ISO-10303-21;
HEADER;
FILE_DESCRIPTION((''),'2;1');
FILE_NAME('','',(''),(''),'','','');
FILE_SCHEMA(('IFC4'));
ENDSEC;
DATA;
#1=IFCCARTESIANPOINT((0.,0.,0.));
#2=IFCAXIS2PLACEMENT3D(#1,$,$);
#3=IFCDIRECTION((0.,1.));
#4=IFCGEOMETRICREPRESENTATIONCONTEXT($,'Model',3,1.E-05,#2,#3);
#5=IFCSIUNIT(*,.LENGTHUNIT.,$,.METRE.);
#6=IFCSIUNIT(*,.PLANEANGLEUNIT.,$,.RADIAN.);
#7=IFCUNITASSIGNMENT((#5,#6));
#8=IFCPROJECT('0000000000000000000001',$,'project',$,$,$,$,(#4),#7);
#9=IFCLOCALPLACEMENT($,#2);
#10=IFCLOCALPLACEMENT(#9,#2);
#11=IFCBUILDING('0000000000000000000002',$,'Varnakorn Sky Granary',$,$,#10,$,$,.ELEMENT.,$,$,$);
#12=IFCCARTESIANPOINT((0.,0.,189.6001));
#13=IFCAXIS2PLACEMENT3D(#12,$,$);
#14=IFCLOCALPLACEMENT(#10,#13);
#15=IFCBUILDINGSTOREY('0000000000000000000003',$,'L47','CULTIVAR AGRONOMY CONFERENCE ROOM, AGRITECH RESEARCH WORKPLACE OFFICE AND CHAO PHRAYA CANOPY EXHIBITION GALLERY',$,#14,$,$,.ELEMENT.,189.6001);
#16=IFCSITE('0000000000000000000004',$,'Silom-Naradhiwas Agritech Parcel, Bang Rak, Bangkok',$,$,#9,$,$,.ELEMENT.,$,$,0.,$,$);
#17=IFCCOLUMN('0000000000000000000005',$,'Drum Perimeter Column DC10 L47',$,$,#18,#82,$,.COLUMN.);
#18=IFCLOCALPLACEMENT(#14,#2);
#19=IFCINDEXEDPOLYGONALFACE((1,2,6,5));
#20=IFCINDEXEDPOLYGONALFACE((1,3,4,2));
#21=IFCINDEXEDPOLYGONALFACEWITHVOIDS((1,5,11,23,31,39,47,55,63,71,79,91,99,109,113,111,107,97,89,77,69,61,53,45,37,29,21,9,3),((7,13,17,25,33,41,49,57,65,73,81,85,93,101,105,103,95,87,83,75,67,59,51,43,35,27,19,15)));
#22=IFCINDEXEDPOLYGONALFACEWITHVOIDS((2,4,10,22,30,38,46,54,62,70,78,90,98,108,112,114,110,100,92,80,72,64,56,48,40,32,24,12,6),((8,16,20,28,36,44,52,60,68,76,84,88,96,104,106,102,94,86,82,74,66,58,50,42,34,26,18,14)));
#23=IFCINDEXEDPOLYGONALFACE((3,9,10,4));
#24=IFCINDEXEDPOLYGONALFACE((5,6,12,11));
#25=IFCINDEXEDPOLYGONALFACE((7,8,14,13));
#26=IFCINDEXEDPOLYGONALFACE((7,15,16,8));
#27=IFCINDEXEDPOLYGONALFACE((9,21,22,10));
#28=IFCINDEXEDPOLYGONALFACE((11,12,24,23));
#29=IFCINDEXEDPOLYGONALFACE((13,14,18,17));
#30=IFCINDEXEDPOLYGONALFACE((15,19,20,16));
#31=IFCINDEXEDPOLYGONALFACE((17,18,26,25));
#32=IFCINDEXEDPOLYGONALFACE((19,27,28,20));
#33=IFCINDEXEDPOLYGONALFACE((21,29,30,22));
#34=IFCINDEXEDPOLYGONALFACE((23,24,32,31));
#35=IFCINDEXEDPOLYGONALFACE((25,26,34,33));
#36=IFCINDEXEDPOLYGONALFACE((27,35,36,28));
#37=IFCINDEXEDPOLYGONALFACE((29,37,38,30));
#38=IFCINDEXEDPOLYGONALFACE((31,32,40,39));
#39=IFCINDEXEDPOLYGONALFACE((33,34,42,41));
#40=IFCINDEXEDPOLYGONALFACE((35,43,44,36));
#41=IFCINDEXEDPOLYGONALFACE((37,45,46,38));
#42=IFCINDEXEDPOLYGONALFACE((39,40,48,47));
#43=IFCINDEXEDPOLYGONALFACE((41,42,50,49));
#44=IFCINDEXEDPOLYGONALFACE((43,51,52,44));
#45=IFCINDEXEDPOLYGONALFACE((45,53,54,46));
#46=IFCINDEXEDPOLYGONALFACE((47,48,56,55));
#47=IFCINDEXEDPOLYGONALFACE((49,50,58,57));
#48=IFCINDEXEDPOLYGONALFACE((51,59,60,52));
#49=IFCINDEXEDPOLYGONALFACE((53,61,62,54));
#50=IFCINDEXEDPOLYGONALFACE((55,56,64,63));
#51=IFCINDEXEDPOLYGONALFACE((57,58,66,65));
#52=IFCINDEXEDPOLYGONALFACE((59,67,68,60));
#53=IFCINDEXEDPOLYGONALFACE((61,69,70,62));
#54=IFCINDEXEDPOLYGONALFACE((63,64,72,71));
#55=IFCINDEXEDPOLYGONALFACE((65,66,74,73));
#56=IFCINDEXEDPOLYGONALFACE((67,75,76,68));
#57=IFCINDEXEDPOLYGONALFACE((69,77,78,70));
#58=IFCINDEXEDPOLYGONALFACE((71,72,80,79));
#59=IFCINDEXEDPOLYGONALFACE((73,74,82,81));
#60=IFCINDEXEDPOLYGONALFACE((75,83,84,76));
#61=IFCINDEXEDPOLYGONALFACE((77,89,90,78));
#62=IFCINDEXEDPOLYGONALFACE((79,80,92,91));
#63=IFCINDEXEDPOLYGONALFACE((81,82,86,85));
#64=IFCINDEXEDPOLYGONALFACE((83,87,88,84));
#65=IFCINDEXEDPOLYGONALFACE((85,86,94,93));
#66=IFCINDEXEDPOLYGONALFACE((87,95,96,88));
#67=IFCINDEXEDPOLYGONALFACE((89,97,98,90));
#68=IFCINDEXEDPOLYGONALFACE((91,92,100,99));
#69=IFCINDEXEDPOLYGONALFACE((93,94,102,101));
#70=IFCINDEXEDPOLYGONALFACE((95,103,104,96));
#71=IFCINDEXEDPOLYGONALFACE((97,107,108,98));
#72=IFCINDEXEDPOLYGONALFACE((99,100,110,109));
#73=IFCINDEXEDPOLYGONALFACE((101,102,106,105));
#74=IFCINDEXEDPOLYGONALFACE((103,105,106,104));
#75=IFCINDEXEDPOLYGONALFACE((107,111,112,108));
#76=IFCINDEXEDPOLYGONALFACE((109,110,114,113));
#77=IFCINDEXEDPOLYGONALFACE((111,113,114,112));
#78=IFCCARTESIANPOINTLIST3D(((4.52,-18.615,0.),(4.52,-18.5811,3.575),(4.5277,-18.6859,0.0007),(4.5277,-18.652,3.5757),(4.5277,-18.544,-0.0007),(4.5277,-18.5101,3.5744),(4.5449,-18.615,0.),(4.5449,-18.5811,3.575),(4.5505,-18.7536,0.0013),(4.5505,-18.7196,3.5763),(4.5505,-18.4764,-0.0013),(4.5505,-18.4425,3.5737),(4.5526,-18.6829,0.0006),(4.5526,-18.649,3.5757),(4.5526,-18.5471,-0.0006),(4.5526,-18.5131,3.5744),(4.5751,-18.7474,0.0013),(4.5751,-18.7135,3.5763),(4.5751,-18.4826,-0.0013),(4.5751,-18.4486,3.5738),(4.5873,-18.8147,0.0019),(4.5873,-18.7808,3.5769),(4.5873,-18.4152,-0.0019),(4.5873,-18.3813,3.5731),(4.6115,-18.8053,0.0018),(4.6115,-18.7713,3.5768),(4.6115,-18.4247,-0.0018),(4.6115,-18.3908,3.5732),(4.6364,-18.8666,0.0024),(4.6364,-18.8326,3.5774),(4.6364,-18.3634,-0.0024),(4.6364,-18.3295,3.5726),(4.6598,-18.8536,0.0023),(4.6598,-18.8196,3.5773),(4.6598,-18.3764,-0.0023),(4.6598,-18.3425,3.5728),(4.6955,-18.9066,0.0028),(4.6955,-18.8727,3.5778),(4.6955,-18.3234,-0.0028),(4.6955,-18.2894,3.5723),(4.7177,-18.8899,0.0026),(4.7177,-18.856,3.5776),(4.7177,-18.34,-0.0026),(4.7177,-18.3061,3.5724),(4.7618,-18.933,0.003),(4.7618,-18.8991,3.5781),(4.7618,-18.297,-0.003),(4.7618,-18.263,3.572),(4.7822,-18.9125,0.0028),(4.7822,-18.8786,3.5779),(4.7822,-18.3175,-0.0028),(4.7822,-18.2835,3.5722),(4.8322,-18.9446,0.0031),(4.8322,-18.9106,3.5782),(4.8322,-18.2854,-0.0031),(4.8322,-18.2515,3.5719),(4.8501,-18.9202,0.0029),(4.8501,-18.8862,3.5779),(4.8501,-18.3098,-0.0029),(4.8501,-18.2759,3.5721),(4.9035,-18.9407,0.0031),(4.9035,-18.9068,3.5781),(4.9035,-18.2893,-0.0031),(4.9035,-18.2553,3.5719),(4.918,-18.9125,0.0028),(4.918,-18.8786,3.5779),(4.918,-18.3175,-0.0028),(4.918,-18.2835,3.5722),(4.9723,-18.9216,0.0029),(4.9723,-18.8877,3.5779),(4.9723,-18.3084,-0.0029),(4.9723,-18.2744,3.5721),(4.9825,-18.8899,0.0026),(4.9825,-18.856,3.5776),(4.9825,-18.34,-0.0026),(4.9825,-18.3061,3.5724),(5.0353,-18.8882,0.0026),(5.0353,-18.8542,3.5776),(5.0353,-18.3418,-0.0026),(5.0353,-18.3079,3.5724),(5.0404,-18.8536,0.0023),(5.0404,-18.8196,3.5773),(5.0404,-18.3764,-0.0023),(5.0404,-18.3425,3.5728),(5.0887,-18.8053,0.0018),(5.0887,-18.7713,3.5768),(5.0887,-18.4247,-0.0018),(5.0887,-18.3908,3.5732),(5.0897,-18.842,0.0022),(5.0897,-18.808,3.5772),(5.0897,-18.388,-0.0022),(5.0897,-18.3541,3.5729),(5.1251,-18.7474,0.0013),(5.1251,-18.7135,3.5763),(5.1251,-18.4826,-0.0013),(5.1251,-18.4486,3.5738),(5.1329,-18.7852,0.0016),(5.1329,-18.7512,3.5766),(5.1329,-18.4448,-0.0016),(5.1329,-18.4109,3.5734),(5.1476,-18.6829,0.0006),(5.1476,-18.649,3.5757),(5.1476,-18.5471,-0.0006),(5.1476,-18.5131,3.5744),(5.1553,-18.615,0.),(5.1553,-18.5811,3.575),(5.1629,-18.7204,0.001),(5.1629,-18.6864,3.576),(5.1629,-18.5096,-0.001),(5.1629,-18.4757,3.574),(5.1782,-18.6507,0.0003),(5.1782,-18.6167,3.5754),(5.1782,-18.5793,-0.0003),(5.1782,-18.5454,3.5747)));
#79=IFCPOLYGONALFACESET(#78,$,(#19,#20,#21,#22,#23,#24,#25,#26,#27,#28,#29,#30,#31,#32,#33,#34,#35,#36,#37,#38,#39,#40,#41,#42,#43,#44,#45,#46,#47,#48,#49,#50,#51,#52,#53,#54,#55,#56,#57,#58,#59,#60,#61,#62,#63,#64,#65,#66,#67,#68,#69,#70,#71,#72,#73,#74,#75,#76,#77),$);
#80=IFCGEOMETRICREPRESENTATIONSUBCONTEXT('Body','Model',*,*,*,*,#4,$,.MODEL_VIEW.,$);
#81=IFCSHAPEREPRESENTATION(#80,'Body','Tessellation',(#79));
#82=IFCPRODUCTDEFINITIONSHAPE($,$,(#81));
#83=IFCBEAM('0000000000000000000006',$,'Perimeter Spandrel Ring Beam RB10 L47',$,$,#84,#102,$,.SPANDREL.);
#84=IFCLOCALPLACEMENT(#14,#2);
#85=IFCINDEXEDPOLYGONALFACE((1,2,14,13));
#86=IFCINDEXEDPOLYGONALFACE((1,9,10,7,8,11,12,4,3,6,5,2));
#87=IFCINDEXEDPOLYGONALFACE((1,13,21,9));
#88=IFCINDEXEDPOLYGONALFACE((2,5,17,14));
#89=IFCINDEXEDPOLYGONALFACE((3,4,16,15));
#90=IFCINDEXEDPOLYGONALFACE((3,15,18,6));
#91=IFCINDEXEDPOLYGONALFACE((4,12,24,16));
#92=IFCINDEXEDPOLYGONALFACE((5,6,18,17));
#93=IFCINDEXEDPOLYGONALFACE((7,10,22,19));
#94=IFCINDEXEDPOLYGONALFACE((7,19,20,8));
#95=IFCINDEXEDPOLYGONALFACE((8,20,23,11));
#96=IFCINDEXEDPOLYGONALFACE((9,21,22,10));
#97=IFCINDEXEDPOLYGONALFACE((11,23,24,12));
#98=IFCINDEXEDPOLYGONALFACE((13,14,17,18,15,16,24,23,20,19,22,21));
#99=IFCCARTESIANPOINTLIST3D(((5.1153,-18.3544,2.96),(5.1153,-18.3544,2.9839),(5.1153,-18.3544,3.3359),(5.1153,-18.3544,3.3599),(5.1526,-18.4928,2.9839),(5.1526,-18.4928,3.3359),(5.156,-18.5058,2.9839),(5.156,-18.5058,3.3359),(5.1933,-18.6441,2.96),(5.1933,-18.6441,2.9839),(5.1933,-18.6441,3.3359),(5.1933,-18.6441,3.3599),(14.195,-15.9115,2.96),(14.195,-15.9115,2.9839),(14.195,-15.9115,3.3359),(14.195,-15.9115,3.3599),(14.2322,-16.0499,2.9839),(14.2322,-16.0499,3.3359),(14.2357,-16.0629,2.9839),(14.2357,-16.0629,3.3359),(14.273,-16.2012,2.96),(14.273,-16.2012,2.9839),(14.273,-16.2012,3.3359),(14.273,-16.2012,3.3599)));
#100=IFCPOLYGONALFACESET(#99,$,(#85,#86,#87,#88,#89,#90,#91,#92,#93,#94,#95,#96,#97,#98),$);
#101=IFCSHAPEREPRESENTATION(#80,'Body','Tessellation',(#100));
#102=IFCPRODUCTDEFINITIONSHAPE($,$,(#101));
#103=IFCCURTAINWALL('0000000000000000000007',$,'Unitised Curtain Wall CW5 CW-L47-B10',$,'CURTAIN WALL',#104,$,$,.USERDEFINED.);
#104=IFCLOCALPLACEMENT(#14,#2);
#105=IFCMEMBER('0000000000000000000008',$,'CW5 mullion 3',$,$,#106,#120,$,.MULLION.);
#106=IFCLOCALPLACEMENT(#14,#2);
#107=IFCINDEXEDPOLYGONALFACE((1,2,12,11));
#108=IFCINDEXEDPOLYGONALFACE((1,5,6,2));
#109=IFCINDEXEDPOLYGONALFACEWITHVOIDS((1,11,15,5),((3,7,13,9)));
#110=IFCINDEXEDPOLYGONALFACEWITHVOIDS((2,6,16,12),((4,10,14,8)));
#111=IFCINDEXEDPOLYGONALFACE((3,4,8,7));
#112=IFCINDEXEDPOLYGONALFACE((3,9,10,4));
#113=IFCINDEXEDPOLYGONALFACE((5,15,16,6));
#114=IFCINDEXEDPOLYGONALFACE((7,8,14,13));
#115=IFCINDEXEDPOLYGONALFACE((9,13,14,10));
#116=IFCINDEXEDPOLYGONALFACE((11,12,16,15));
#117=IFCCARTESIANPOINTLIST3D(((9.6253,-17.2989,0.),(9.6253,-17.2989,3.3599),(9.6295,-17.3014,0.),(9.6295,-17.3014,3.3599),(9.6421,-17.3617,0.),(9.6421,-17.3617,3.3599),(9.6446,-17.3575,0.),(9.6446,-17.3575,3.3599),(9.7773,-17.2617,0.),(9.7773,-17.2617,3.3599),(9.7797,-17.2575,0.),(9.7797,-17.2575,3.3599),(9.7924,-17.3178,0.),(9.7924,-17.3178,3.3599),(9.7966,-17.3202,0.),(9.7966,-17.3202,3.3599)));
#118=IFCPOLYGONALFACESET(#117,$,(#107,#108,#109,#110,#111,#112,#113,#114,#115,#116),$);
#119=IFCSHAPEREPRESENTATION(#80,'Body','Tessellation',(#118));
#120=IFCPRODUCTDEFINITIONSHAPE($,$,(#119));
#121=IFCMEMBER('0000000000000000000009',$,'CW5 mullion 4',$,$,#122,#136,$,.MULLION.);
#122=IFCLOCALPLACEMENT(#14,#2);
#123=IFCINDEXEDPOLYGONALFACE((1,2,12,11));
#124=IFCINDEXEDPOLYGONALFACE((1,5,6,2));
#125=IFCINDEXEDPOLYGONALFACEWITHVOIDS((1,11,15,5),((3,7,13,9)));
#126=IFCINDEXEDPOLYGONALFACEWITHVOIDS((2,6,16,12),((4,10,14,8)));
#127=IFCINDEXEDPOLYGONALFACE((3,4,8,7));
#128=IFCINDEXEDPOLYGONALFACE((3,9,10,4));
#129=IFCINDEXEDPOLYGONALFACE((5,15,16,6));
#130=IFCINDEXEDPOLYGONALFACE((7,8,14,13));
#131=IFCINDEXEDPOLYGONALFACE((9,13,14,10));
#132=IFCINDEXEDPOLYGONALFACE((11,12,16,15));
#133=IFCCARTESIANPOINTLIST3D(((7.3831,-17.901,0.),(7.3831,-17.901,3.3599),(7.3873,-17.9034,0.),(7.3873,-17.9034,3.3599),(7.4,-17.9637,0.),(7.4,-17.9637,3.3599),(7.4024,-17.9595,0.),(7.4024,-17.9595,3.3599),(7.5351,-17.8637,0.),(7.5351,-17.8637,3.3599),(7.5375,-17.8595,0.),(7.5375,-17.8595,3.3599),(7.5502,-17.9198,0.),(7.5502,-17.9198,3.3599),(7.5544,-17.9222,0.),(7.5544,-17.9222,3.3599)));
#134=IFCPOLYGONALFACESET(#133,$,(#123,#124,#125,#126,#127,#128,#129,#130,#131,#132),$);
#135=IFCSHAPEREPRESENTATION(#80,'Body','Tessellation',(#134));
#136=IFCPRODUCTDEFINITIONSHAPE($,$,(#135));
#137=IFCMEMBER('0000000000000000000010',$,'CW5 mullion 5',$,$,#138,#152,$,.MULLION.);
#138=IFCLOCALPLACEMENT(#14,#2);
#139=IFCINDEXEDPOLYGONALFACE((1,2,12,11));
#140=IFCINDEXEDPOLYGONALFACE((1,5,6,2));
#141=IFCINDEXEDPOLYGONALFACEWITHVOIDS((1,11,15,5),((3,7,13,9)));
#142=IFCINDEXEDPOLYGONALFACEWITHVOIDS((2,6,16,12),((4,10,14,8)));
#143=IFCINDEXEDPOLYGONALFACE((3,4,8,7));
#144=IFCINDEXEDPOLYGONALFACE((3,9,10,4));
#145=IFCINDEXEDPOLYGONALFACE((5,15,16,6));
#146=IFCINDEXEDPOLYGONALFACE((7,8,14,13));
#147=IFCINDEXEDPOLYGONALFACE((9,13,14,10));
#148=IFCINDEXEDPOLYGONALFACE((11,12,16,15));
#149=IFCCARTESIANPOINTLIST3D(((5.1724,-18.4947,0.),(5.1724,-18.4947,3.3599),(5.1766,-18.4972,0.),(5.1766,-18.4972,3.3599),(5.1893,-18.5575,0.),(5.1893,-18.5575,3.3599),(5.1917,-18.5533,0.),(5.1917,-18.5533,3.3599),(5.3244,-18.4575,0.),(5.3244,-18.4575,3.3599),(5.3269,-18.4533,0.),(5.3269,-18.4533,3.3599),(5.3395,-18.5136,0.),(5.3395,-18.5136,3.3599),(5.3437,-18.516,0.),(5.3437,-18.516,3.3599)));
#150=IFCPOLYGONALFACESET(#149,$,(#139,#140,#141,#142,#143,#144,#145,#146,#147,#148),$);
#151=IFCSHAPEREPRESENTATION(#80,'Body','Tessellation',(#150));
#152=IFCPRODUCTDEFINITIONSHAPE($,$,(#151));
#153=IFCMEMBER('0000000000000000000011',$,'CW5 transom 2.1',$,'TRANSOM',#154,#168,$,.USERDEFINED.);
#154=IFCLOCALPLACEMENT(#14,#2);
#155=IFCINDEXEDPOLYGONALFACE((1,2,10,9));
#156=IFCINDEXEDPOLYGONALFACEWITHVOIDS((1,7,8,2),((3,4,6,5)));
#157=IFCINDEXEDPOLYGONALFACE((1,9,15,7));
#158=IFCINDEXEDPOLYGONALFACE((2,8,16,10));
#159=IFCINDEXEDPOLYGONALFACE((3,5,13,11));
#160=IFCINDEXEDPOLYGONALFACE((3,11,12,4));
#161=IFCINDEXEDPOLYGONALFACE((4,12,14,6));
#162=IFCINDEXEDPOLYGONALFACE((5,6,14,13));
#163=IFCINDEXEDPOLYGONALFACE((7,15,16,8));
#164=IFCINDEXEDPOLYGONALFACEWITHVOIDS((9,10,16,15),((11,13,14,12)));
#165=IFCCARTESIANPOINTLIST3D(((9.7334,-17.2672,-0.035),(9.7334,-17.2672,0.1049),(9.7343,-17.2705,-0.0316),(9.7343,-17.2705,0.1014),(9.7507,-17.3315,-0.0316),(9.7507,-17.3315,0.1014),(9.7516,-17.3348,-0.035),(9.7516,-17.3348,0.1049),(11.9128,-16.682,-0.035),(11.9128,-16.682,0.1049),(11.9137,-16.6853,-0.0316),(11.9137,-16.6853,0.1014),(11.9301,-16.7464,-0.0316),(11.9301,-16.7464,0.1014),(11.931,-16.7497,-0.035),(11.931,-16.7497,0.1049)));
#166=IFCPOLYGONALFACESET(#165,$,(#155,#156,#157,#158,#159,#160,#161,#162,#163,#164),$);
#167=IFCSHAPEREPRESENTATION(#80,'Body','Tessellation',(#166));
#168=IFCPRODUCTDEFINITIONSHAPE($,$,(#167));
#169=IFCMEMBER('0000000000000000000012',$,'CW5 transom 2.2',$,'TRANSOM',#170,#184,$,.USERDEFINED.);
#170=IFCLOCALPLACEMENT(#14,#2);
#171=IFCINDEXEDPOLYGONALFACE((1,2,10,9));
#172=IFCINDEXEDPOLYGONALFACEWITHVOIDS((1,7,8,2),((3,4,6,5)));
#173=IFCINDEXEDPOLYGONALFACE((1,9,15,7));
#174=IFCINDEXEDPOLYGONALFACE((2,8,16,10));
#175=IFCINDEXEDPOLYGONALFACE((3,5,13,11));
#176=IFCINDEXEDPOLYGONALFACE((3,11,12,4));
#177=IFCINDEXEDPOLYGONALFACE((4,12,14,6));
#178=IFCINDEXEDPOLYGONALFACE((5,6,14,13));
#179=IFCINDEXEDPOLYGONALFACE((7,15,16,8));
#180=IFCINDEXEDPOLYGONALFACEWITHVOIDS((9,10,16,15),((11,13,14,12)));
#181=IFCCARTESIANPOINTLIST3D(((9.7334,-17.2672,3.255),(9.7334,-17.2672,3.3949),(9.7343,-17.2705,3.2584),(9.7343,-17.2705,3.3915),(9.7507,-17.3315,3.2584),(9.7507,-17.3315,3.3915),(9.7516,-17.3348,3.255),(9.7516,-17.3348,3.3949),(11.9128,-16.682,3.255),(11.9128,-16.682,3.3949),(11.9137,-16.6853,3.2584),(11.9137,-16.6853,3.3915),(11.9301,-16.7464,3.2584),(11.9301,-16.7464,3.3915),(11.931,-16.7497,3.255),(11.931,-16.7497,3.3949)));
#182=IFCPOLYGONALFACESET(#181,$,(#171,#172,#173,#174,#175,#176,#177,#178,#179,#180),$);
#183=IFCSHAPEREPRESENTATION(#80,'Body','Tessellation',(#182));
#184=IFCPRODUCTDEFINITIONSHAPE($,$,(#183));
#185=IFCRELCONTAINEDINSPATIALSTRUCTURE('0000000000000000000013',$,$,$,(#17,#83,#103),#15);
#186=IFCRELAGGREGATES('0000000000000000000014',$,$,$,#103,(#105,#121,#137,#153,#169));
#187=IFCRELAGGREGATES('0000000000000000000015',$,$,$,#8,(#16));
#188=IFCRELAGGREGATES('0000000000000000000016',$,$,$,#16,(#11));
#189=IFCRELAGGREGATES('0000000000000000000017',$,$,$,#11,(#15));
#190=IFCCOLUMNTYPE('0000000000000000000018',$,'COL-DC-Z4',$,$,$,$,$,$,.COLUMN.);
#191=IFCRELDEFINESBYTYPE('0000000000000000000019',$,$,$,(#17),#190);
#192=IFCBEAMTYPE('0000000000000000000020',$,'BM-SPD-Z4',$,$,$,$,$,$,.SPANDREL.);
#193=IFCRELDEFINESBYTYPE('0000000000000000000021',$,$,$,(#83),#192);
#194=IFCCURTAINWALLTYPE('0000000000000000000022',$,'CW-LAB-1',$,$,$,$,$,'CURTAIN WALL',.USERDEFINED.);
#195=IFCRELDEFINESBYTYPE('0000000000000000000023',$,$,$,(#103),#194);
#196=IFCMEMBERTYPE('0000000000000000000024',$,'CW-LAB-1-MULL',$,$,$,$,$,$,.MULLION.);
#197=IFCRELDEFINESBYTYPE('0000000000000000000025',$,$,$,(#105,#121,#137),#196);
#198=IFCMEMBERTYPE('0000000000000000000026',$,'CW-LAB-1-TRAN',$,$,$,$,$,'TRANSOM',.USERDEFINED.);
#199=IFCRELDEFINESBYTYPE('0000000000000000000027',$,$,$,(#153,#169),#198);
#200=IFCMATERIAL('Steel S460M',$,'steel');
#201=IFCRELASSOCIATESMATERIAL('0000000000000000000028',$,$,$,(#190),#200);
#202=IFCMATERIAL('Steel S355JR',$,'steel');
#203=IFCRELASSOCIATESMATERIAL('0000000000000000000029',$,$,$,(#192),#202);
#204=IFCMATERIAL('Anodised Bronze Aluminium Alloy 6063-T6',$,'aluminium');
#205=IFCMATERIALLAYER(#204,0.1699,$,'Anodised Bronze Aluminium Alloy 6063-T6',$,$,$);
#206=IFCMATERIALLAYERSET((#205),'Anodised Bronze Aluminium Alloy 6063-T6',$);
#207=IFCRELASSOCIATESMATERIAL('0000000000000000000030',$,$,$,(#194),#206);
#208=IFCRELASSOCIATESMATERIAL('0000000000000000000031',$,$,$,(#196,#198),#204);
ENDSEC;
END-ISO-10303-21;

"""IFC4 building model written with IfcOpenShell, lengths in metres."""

from ifc_helpers import new_model, si_unit, direction, frame, origin, origin_2d, place, context, subcontext, project, spatial, hollow_rectangle, hollow_circle, i_section, extrude, material, layer, layer_set, material_profile, profile_set, type_object, element, aggregate, save


model = new_model("IFC4")

# Units and contexts
model_context = context("Model", 3, precision=1e-05, world=origin(), true_north=direction((0.0, 1.0)))
body_context = subcontext(model_context, "Body", "Model", "MODEL_VIEW")
ifc_project = project(units=[si_unit("LENGTHUNIT", "METRE"), si_unit("PLANEANGLEUNIT", "RADIAN")], contexts=[model_context])

# Site, building, storey
site_placement = place(None, origin())
site = spatial("IfcSite", under=ifc_project, at=site_placement, Name="Silom-Naradhiwas Agritech Parcel, Bang Rak, Bangkok", CompositionType="ELEMENT", RefElevation=0.0)
building_placement = place(site_placement, origin())
building = spatial("IfcBuilding", under=site, at=building_placement, Name="Varnakorn Sky Granary", CompositionType="ELEMENT")
storey_placement = place(building_placement, frame((0.0, 0.0, 189.6001)))
storey = spatial("IfcBuildingStorey", under=building, at=storey_placement, Name="L47", Description="CULTIVAR AGRONOMY CONFERENCE ROOM, AGRITECH RESEARCH WORKPLACE OFFICE AND CHAO PHRAYA CANOPY EXHIBITION GALLERY", CompositionType="ELEMENT", Elevation=189.6001)

# Column
ifc_material_1 = material(Name="Steel S460M", Category="steel")
ifc_material_profile_1 = material_profile(ifc_material_1, hollow_circle(Radius=0.3301, WallThickness=0.0249, at=origin_2d()), Name="CHS 660x25")
ifc_profile_set_1 = profile_set([ifc_material_profile_1], Name="Steel S460M")
column_type = type_object("IfcColumnType", Name="COL-DC-Z4", PredefinedType="COLUMN", material=ifc_profile_set_1)
column_placement = place(storey_placement, frame((4.8501, -18.615, 0.0), z_axis=(0.0, 0.009492, 0.999955), x_axis=(-1.0, 0.0, 0.0)))
element("IfcColumn", 1, at=column_placement, inside=storey, type_object=column_type, Name="Drum Perimeter Column DC10 L47", PredefinedType="COLUMN", context=body_context, shape_type="SweptSolid", body=[
    extrude(hollow_circle(Radius=0.3301, WallThickness=0.0249, at=origin_2d()), origin(), (0.0, 0.0, 1.0), 3.5752),
])

# Beam
ifc_material_2 = material(Name="Steel S355JR", Category="steel")
ifc_material_profile_2 = material_profile(ifc_material_2, i_section(OverallWidth=0.3, OverallDepth=0.3999, WebThickness=0.0134, FlangeThickness=0.0239, at=origin_2d()), Name="HE 400 B")
ifc_profile_set_2 = profile_set([ifc_material_profile_2], Name="Steel S355JR")
beam_type = type_object("IfcBeamType", Name="BM-SPD-Z4", PredefinedType="SPANDREL", material=ifc_profile_set_2)
beam_placement = place(storey_placement, frame((5.1543, -18.4993, 3.1599), z_axis=(0.965659, 0.259811, 0.0), x_axis=(-0.259811, 0.965659, 0.0)))
element("IfcBeam", 2, at=beam_placement, inside=storey, type_object=beam_type, Name="Perimeter Spandrel Ring Beam RB10 L47", PredefinedType="SPANDREL", context=body_context, shape_type="SweptSolid", body=[
    extrude(i_section(OverallWidth=0.3, OverallDepth=0.3999, WebThickness=0.0134, FlangeThickness=0.0239, at=origin_2d()), origin(), (0.0, 0.0, 1.0), 9.4026),
])

# Curtain wall, members
ifc_material_3 = material(Name="Anodised Bronze Aluminium Alloy 6063-T6", Category="aluminium")
ifc_layer_1 = layer(ifc_material_3, 0.1699, Name="Anodised Bronze Aluminium Alloy 6063-T6")
ifc_layer_set_1 = layer_set([ifc_layer_1], Name="Anodised Bronze Aluminium Alloy 6063-T6")
curtain_wall_type = type_object("IfcCurtainWallType", Name="CW-LAB-1", ElementType="CURTAIN WALL", PredefinedType="USERDEFINED", material=ifc_layer_set_1)
curtain_wall_placement = place(storey_placement, origin())
curtain_wall = element("IfcCurtainWall", 3, at=curtain_wall_placement, inside=storey, type_object=curtain_wall_type, Name="Unitised Curtain Wall CW5 CW-L47-B10", ObjectType="CURTAIN WALL", PredefinedType="USERDEFINED")
ifc_material_profile_3 = material_profile(ifc_material_3, hollow_rectangle(XDim=0.0649, YDim=0.1599, WallThickness=0.0034, at=origin_2d()), Name="ALU MULL 65x160")
ifc_profile_set_3 = profile_set([ifc_material_profile_3], Name="Anodised Bronze Aluminium Alloy 6063-T6")
member_type_1 = type_object("IfcMemberType", Name="CW-LAB-1-MULL", PredefinedType="MULLION", material=ifc_profile_set_3)
member_1_placement = place(storey_placement, frame((9.7109, -17.3096, 0.0), z_axis=(0.0, 0.0, 1.0), x_axis=(0.259359, -0.965781, 0.0)))
member_1 = element("IfcMember", 4, at=member_1_placement, type_object=member_type_1, Name="CW5 mullion 3", PredefinedType="MULLION", context=body_context, shape_type="SweptSolid", body=[
    extrude(hollow_rectangle(XDim=0.0649, YDim=0.1599, WallThickness=0.0034, at=origin_2d()), origin(), (0.0, 0.0, 1.0), 3.3599),
])
member_2_placement = place(storey_placement, frame((7.4688, -17.9116, 0.0), z_axis=(0.0, 0.0, 1.0), x_axis=(0.259359, -0.965781, 0.0)))
member_2 = element("IfcMember", 5, at=member_2_placement, type_object=member_type_1, Name="CW5 mullion 4", PredefinedType="MULLION", context=body_context, shape_type="SweptSolid", body=[
    extrude(hollow_rectangle(XDim=0.0649, YDim=0.1599, WallThickness=0.0034, at=origin_2d()), origin(), (0.0, 0.0, 1.0), 3.3599),
])
member_3_placement = place(storey_placement, frame((5.2581, -18.5054, 0.0), z_axis=(0.0, 0.0, 1.0), x_axis=(0.259359, -0.965781, 0.0)))
member_3 = element("IfcMember", 6, at=member_3_placement, type_object=member_type_1, Name="CW5 mullion 5", PredefinedType="MULLION", context=body_context, shape_type="SweptSolid", body=[
    extrude(hollow_rectangle(XDim=0.0649, YDim=0.1599, WallThickness=0.0034, at=origin_2d()), origin(), (0.0, 0.0, 1.0), 3.3599),
])
ifc_material_profile_4 = material_profile(ifc_material_3, hollow_rectangle(XDim=0.0701, YDim=0.1399, WallThickness=0.0034, at=origin_2d()), Name="ALU TRAN 70x140")
ifc_profile_set_4 = profile_set([ifc_material_profile_4], Name="Anodised Bronze Aluminium Alloy 6063-T6")
member_type_2 = type_object("IfcMemberType", Name="CW-LAB-1-TRAN", ElementType="TRANSOM", PredefinedType="USERDEFINED", material=ifc_profile_set_4)
member_4_placement = place(storey_placement, frame((11.9219, -16.7158, 0.0349), z_axis=(-0.96579, -0.259325, 0.0), x_axis=(0.259325, -0.96579, 0.0)))
member_4 = element("IfcMember", 7, at=member_4_placement, type_object=member_type_2, Name="CW5 transom 2.1", ObjectType="TRANSOM", PredefinedType="USERDEFINED", context=body_context, shape_type="SweptSolid", body=[
    extrude(hollow_rectangle(XDim=0.0701, YDim=0.1399, WallThickness=0.0034, at=origin_2d()), origin(), (0.0, 0.0, 1.0), 2.2566),
])
member_5_placement = place(storey_placement, frame((11.9219, -16.7158, 3.325), z_axis=(-0.96579, -0.259325, 0.0), x_axis=(0.259325, -0.96579, 0.0)))
member_5 = element("IfcMember", 8, at=member_5_placement, type_object=member_type_2, Name="CW5 transom 2.2", ObjectType="TRANSOM", PredefinedType="USERDEFINED", context=body_context, shape_type="SweptSolid", body=[
    extrude(hollow_rectangle(XDim=0.0701, YDim=0.1399, WallThickness=0.0034, at=origin_2d()), origin(), (0.0, 0.0, 1.0), 2.2566),
])

aggregate(curtain_wall, [member_1, member_2, member_3, member_4, member_5])

save(model, "model.ifc")
